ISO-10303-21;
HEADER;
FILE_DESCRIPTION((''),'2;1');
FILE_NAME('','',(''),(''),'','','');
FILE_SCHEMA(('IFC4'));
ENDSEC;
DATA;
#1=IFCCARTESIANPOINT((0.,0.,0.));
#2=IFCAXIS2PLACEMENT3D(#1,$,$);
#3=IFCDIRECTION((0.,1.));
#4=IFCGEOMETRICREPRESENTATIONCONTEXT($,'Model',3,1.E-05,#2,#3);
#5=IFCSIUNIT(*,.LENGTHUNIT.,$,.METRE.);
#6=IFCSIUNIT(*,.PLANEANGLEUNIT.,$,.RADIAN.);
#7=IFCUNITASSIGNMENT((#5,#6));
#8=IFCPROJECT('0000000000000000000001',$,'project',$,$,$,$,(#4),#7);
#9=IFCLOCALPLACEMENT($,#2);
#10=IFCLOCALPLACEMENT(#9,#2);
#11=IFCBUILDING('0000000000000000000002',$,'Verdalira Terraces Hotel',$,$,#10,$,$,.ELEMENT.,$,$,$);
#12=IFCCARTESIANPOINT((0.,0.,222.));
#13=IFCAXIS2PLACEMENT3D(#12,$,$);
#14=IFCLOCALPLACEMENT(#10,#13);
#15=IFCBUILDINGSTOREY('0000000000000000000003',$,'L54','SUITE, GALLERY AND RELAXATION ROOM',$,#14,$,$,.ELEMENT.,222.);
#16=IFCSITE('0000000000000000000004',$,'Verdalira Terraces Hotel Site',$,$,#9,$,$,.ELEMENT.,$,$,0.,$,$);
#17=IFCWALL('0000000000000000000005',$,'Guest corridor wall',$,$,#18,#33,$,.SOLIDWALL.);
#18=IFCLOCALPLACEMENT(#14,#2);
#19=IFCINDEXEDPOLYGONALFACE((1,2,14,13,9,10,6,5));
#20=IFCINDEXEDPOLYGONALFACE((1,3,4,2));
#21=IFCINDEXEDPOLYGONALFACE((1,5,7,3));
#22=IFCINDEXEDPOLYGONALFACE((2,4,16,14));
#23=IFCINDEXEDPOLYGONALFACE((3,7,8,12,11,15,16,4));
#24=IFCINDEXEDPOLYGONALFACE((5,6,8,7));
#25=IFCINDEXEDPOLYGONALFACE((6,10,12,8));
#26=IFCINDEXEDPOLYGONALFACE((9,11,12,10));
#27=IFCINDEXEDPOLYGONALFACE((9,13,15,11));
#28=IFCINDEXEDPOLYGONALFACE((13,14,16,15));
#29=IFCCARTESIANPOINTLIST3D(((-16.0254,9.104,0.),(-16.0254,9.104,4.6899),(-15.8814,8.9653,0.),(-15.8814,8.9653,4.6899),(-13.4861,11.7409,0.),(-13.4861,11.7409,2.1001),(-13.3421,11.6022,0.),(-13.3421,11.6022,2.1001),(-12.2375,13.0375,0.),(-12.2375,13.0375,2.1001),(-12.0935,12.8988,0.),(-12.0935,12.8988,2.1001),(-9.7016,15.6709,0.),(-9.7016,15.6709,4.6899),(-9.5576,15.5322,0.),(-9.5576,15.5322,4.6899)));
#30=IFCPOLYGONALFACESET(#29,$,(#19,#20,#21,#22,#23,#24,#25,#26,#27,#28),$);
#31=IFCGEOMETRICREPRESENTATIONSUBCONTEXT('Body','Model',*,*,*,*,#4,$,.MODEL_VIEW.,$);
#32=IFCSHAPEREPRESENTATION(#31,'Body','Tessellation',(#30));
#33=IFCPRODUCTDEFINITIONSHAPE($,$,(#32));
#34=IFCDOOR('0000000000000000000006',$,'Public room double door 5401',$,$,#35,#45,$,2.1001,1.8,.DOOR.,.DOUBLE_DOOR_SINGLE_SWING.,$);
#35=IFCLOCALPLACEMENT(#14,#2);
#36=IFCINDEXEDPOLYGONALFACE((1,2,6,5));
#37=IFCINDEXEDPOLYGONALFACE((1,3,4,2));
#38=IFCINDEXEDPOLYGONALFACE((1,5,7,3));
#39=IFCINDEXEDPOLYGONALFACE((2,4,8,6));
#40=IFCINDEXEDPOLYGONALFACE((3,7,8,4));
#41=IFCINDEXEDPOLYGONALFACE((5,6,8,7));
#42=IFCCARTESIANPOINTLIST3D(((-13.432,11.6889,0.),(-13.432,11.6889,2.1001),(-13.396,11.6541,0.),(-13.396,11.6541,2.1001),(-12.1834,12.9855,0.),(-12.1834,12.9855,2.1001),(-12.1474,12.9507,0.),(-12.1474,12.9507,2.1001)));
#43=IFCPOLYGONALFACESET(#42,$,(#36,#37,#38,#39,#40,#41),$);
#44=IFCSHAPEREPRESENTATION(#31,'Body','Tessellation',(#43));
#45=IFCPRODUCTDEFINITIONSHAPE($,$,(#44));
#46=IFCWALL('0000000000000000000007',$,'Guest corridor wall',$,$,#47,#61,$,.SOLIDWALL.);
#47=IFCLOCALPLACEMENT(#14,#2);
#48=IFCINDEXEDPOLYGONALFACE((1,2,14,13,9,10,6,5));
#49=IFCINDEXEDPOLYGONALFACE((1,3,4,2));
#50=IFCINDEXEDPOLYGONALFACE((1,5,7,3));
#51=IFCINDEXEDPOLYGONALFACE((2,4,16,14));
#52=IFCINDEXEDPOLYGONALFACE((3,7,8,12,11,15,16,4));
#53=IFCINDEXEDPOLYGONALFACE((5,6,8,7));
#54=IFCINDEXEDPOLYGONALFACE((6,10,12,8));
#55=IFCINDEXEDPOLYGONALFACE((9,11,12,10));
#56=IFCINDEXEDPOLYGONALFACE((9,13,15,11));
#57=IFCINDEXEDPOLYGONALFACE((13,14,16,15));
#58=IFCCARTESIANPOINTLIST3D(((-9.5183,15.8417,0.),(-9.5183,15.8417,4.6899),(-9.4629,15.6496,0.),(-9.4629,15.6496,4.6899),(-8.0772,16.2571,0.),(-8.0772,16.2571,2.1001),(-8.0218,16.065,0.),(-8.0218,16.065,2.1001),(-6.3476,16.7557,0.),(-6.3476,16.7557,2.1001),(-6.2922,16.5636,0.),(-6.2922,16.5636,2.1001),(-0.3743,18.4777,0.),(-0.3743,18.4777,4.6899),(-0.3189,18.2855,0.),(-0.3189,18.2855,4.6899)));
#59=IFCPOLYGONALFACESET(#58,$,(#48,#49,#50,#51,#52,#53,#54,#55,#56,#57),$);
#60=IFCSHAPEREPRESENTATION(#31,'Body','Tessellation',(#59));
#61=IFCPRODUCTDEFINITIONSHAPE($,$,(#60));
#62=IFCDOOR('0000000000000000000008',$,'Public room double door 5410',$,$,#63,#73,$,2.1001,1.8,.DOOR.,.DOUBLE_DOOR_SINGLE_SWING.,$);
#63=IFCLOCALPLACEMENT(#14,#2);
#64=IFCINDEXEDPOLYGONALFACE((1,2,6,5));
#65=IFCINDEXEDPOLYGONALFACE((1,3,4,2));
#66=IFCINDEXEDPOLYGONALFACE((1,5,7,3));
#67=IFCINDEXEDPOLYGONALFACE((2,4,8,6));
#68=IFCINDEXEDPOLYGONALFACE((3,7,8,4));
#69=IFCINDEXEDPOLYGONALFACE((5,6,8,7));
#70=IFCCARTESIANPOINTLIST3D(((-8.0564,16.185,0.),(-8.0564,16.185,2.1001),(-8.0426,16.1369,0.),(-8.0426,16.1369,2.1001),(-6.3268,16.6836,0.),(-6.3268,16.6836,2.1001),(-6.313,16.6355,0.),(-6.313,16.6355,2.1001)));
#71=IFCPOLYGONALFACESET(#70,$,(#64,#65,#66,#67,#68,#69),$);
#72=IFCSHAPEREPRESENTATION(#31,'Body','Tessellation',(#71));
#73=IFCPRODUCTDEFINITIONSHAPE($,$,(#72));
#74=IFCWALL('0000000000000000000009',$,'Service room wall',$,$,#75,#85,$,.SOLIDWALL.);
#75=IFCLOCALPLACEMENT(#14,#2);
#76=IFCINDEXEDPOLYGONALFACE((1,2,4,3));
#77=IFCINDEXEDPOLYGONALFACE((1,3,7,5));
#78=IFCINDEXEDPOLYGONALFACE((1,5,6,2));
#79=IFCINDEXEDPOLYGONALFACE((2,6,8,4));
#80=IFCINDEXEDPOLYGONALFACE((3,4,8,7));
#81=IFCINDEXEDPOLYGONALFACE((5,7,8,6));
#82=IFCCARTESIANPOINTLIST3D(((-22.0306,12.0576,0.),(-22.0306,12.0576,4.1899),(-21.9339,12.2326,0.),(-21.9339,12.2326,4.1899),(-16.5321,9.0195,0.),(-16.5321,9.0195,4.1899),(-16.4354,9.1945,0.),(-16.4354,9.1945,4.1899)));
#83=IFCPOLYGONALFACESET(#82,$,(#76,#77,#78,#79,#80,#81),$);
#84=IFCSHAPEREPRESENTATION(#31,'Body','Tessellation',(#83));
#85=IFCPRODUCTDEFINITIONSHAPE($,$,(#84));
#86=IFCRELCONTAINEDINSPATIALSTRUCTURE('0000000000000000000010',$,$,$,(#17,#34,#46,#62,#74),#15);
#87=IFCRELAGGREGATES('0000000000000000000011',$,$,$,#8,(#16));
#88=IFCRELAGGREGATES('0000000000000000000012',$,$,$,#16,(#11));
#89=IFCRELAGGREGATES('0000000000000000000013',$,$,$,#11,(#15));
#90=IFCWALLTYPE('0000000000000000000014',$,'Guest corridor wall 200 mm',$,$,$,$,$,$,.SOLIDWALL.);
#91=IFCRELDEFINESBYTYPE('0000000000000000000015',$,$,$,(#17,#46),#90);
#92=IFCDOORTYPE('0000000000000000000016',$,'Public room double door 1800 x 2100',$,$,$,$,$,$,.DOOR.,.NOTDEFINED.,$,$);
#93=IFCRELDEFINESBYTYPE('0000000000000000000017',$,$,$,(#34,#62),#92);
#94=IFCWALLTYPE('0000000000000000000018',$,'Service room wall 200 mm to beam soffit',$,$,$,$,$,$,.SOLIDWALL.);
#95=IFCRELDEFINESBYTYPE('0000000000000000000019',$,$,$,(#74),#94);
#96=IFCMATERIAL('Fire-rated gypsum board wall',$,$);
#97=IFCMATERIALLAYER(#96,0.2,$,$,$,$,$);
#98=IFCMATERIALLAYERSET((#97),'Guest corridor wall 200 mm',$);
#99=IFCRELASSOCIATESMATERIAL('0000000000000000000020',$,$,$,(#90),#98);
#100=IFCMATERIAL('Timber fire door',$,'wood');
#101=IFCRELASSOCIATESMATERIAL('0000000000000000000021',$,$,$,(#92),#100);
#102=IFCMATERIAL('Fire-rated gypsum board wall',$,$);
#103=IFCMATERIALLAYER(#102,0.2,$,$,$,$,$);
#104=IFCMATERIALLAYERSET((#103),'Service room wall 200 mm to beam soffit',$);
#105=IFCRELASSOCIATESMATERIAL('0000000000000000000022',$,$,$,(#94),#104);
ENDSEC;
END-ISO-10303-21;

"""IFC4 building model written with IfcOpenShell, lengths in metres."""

from ifc_helpers import new_model, si_unit, direction, frame, frame_2d, origin, place, context, subcontext, project, spatial, rectangle, extrude, material, layer, layer_set, type_object, element, fill, save


model = new_model("IFC4")

# Units and contexts
model_context = context("Model", 3, precision=1e-05, world=origin(), true_north=direction((0.0, 1.0)))
body_context = subcontext(model_context, "Body", "Model", "MODEL_VIEW")
ifc_project = project(units=[si_unit("LENGTHUNIT", "METRE"), si_unit("PLANEANGLEUNIT", "RADIAN")], contexts=[model_context])

# Site, building, storey
site_placement = place(None, origin())
site = spatial("IfcSite", under=ifc_project, at=site_placement, Name="Verdalira Terraces Hotel Site", CompositionType="ELEMENT", RefElevation=0.0)
building_placement = place(site_placement, origin())
building = spatial("IfcBuilding", under=site, at=building_placement, Name="Verdalira Terraces Hotel", CompositionType="ELEMENT")
storey_placement = place(building_placement, frame((0.0, 0.0, 222.0)))
storey = spatial("IfcBuildingStorey", under=building, at=storey_placement, Name="L54", Description="SUITE, GALLERY AND RELAXATION ROOM", CompositionType="ELEMENT", Elevation=222.0)

# Walls, openings, doors
ifc_material_1 = material(Name="Fire-rated gypsum board wall")
ifc_layer_1 = layer(ifc_material_1, 0.2)
ifc_layer_set_1 = layer_set([ifc_layer_1], Name="Guest corridor wall 200 mm")
wall_type_1 = type_object("IfcWallType", Name="Guest corridor wall 200 mm", PredefinedType="SOLIDWALL", material=ifc_layer_set_1)
wall_1_placement = place(storey_placement, frame((-15.9534, 9.0347, 0.0), z_axis=(0.0, 0.0, 1.0), x_axis=(0.693645, 0.720317, 0.0)))
wall_1 = element("IfcWall", 1, at=wall_1_placement, inside=storey, type_object=wall_type_1, Name="Guest corridor wall", PredefinedType="SOLIDWALL", context=body_context, shape_type="SweptSolid", body=[
    extrude(rectangle(XDim=9.1167, YDim=0.2, at=frame_2d((4.5583, 0.0))), origin(), (0.0, 0.0, 1.0), 4.6899),
])
opening_1_placement = place(wall_1_placement, frame((3.6609, 0.0, 0.0)))
opening_1 = element("IfcOpeningElement", 2, at=opening_1_placement, cuts=wall_1, PredefinedType="OPENING", context=body_context, shape_type="SweptSolid", body=[
    extrude(rectangle(XDim=1.8, YDim=2.1001, at=frame_2d((0.8999, 1.05))), frame((0.0, 0.1099, 0.0), z_axis=(0.0, -1.0, 0.0), x_axis=(1.0, 0.0, 0.0)), (0.0, 0.0, 1.0), 0.22),
])
ifc_material_2 = material(Name="Timber fire door", Category="wood")
door_type_1 = type_object("IfcDoorType", Name="Public room double door 1800 x 2100", OperationType="NOTDEFINED", PredefinedType="DOOR", material=ifc_material_2)
door_1_placement = place(opening_1_placement, origin())
door_1 = element("IfcDoor", 3, at=door_1_placement, inside=storey, type_object=door_type_1, Name="Public room double door 5401", OperationType="DOUBLE_DOOR_SINGLE_SWING", OverallHeight=2.1001, OverallWidth=1.8, PredefinedType="DOOR", context=body_context, shape_type="SweptSolid", body=[
    extrude(rectangle(XDim=1.8, YDim=2.1001, at=frame_2d((0.8999, 1.05))), frame((0.0, 0.0249, 0.0), z_axis=(0.0, -1.0, 0.0), x_axis=(1.0, 0.0, 0.0)), (0.0, 0.0, 1.0), 0.05),
])
fill(opening_1, door_1)
wall_2_placement = place(storey_placement, frame((-9.4907, 15.7456, 0.0), z_axis=(0.0, 0.0, 1.0), x_axis=(0.960872, 0.276994, 0.0)))
wall_2 = element("IfcWall", 4, at=wall_2_placement, inside=storey, type_object=wall_type_1, Name="Guest corridor wall", PredefinedType="SOLIDWALL", context=body_context, shape_type="SweptSolid", body=[
    extrude(rectangle(XDim=9.5164, YDim=0.2, at=frame_2d((4.7583, 0.0))), origin(), (0.0, 0.0, 1.0), 4.6899),
])
opening_2_placement = place(wall_2_placement, frame((1.5, 0.0, 0.0)))
opening_2 = element("IfcOpeningElement", 5, at=opening_2_placement, cuts=wall_2, PredefinedType="OPENING", context=body_context, shape_type="SweptSolid", body=[
    extrude(rectangle(XDim=1.8, YDim=2.1001, at=frame_2d((0.8999, 1.05))), frame((0.0, 0.1099, 0.0), z_axis=(0.0, -1.0, 0.0), x_axis=(1.0, 0.0, 0.0)), (0.0, 0.0, 1.0), 0.22),
])
door_2_placement = place(opening_2_placement, origin())
door_2 = element("IfcDoor", 6, at=door_2_placement, inside=storey, type_object=door_type_1, Name="Public room double door 5410", OperationType="DOUBLE_DOOR_SINGLE_SWING", OverallHeight=2.1001, OverallWidth=1.8, PredefinedType="DOOR", context=body_context, shape_type="SweptSolid", body=[
    extrude(rectangle(XDim=1.8, YDim=2.1001, at=frame_2d((0.8999, 1.05))), frame((0.0, 0.0249, 0.0), z_axis=(0.0, -1.0, 0.0), x_axis=(1.0, 0.0, 0.0)), (0.0, 0.0, 1.0), 0.05),
])
fill(opening_2, door_2)

# Wall
ifc_material_3 = material(Name="Fire-rated gypsum board wall")
ifc_layer_2 = layer(ifc_material_3, 0.2)
ifc_layer_set_2 = layer_set([ifc_layer_2], Name="Service room wall 200 mm to beam soffit")
wall_type_2 = type_object("IfcWallType", Name="Service room wall 200 mm to beam soffit", PredefinedType="SOLIDWALL", material=ifc_layer_set_2)
wall_3_placement = place(storey_placement, frame((-16.4836, 9.1069, 0.0), z_axis=(0.0, 0.0, 1.0), x_axis=(-0.87528, 0.483616, 0.0)))
element("IfcWall", 7, at=wall_3_placement, inside=storey, type_object=wall_type_2, Name="Service room wall", PredefinedType="SOLIDWALL", context=body_context, shape_type="SweptSolid", body=[
    extrude(rectangle(XDim=6.282, YDim=0.2, at=frame_2d((3.1411, 0.0))), origin(), (0.0, 0.0, 1.0), 4.1899),
])

save(model, "model.ifc")
